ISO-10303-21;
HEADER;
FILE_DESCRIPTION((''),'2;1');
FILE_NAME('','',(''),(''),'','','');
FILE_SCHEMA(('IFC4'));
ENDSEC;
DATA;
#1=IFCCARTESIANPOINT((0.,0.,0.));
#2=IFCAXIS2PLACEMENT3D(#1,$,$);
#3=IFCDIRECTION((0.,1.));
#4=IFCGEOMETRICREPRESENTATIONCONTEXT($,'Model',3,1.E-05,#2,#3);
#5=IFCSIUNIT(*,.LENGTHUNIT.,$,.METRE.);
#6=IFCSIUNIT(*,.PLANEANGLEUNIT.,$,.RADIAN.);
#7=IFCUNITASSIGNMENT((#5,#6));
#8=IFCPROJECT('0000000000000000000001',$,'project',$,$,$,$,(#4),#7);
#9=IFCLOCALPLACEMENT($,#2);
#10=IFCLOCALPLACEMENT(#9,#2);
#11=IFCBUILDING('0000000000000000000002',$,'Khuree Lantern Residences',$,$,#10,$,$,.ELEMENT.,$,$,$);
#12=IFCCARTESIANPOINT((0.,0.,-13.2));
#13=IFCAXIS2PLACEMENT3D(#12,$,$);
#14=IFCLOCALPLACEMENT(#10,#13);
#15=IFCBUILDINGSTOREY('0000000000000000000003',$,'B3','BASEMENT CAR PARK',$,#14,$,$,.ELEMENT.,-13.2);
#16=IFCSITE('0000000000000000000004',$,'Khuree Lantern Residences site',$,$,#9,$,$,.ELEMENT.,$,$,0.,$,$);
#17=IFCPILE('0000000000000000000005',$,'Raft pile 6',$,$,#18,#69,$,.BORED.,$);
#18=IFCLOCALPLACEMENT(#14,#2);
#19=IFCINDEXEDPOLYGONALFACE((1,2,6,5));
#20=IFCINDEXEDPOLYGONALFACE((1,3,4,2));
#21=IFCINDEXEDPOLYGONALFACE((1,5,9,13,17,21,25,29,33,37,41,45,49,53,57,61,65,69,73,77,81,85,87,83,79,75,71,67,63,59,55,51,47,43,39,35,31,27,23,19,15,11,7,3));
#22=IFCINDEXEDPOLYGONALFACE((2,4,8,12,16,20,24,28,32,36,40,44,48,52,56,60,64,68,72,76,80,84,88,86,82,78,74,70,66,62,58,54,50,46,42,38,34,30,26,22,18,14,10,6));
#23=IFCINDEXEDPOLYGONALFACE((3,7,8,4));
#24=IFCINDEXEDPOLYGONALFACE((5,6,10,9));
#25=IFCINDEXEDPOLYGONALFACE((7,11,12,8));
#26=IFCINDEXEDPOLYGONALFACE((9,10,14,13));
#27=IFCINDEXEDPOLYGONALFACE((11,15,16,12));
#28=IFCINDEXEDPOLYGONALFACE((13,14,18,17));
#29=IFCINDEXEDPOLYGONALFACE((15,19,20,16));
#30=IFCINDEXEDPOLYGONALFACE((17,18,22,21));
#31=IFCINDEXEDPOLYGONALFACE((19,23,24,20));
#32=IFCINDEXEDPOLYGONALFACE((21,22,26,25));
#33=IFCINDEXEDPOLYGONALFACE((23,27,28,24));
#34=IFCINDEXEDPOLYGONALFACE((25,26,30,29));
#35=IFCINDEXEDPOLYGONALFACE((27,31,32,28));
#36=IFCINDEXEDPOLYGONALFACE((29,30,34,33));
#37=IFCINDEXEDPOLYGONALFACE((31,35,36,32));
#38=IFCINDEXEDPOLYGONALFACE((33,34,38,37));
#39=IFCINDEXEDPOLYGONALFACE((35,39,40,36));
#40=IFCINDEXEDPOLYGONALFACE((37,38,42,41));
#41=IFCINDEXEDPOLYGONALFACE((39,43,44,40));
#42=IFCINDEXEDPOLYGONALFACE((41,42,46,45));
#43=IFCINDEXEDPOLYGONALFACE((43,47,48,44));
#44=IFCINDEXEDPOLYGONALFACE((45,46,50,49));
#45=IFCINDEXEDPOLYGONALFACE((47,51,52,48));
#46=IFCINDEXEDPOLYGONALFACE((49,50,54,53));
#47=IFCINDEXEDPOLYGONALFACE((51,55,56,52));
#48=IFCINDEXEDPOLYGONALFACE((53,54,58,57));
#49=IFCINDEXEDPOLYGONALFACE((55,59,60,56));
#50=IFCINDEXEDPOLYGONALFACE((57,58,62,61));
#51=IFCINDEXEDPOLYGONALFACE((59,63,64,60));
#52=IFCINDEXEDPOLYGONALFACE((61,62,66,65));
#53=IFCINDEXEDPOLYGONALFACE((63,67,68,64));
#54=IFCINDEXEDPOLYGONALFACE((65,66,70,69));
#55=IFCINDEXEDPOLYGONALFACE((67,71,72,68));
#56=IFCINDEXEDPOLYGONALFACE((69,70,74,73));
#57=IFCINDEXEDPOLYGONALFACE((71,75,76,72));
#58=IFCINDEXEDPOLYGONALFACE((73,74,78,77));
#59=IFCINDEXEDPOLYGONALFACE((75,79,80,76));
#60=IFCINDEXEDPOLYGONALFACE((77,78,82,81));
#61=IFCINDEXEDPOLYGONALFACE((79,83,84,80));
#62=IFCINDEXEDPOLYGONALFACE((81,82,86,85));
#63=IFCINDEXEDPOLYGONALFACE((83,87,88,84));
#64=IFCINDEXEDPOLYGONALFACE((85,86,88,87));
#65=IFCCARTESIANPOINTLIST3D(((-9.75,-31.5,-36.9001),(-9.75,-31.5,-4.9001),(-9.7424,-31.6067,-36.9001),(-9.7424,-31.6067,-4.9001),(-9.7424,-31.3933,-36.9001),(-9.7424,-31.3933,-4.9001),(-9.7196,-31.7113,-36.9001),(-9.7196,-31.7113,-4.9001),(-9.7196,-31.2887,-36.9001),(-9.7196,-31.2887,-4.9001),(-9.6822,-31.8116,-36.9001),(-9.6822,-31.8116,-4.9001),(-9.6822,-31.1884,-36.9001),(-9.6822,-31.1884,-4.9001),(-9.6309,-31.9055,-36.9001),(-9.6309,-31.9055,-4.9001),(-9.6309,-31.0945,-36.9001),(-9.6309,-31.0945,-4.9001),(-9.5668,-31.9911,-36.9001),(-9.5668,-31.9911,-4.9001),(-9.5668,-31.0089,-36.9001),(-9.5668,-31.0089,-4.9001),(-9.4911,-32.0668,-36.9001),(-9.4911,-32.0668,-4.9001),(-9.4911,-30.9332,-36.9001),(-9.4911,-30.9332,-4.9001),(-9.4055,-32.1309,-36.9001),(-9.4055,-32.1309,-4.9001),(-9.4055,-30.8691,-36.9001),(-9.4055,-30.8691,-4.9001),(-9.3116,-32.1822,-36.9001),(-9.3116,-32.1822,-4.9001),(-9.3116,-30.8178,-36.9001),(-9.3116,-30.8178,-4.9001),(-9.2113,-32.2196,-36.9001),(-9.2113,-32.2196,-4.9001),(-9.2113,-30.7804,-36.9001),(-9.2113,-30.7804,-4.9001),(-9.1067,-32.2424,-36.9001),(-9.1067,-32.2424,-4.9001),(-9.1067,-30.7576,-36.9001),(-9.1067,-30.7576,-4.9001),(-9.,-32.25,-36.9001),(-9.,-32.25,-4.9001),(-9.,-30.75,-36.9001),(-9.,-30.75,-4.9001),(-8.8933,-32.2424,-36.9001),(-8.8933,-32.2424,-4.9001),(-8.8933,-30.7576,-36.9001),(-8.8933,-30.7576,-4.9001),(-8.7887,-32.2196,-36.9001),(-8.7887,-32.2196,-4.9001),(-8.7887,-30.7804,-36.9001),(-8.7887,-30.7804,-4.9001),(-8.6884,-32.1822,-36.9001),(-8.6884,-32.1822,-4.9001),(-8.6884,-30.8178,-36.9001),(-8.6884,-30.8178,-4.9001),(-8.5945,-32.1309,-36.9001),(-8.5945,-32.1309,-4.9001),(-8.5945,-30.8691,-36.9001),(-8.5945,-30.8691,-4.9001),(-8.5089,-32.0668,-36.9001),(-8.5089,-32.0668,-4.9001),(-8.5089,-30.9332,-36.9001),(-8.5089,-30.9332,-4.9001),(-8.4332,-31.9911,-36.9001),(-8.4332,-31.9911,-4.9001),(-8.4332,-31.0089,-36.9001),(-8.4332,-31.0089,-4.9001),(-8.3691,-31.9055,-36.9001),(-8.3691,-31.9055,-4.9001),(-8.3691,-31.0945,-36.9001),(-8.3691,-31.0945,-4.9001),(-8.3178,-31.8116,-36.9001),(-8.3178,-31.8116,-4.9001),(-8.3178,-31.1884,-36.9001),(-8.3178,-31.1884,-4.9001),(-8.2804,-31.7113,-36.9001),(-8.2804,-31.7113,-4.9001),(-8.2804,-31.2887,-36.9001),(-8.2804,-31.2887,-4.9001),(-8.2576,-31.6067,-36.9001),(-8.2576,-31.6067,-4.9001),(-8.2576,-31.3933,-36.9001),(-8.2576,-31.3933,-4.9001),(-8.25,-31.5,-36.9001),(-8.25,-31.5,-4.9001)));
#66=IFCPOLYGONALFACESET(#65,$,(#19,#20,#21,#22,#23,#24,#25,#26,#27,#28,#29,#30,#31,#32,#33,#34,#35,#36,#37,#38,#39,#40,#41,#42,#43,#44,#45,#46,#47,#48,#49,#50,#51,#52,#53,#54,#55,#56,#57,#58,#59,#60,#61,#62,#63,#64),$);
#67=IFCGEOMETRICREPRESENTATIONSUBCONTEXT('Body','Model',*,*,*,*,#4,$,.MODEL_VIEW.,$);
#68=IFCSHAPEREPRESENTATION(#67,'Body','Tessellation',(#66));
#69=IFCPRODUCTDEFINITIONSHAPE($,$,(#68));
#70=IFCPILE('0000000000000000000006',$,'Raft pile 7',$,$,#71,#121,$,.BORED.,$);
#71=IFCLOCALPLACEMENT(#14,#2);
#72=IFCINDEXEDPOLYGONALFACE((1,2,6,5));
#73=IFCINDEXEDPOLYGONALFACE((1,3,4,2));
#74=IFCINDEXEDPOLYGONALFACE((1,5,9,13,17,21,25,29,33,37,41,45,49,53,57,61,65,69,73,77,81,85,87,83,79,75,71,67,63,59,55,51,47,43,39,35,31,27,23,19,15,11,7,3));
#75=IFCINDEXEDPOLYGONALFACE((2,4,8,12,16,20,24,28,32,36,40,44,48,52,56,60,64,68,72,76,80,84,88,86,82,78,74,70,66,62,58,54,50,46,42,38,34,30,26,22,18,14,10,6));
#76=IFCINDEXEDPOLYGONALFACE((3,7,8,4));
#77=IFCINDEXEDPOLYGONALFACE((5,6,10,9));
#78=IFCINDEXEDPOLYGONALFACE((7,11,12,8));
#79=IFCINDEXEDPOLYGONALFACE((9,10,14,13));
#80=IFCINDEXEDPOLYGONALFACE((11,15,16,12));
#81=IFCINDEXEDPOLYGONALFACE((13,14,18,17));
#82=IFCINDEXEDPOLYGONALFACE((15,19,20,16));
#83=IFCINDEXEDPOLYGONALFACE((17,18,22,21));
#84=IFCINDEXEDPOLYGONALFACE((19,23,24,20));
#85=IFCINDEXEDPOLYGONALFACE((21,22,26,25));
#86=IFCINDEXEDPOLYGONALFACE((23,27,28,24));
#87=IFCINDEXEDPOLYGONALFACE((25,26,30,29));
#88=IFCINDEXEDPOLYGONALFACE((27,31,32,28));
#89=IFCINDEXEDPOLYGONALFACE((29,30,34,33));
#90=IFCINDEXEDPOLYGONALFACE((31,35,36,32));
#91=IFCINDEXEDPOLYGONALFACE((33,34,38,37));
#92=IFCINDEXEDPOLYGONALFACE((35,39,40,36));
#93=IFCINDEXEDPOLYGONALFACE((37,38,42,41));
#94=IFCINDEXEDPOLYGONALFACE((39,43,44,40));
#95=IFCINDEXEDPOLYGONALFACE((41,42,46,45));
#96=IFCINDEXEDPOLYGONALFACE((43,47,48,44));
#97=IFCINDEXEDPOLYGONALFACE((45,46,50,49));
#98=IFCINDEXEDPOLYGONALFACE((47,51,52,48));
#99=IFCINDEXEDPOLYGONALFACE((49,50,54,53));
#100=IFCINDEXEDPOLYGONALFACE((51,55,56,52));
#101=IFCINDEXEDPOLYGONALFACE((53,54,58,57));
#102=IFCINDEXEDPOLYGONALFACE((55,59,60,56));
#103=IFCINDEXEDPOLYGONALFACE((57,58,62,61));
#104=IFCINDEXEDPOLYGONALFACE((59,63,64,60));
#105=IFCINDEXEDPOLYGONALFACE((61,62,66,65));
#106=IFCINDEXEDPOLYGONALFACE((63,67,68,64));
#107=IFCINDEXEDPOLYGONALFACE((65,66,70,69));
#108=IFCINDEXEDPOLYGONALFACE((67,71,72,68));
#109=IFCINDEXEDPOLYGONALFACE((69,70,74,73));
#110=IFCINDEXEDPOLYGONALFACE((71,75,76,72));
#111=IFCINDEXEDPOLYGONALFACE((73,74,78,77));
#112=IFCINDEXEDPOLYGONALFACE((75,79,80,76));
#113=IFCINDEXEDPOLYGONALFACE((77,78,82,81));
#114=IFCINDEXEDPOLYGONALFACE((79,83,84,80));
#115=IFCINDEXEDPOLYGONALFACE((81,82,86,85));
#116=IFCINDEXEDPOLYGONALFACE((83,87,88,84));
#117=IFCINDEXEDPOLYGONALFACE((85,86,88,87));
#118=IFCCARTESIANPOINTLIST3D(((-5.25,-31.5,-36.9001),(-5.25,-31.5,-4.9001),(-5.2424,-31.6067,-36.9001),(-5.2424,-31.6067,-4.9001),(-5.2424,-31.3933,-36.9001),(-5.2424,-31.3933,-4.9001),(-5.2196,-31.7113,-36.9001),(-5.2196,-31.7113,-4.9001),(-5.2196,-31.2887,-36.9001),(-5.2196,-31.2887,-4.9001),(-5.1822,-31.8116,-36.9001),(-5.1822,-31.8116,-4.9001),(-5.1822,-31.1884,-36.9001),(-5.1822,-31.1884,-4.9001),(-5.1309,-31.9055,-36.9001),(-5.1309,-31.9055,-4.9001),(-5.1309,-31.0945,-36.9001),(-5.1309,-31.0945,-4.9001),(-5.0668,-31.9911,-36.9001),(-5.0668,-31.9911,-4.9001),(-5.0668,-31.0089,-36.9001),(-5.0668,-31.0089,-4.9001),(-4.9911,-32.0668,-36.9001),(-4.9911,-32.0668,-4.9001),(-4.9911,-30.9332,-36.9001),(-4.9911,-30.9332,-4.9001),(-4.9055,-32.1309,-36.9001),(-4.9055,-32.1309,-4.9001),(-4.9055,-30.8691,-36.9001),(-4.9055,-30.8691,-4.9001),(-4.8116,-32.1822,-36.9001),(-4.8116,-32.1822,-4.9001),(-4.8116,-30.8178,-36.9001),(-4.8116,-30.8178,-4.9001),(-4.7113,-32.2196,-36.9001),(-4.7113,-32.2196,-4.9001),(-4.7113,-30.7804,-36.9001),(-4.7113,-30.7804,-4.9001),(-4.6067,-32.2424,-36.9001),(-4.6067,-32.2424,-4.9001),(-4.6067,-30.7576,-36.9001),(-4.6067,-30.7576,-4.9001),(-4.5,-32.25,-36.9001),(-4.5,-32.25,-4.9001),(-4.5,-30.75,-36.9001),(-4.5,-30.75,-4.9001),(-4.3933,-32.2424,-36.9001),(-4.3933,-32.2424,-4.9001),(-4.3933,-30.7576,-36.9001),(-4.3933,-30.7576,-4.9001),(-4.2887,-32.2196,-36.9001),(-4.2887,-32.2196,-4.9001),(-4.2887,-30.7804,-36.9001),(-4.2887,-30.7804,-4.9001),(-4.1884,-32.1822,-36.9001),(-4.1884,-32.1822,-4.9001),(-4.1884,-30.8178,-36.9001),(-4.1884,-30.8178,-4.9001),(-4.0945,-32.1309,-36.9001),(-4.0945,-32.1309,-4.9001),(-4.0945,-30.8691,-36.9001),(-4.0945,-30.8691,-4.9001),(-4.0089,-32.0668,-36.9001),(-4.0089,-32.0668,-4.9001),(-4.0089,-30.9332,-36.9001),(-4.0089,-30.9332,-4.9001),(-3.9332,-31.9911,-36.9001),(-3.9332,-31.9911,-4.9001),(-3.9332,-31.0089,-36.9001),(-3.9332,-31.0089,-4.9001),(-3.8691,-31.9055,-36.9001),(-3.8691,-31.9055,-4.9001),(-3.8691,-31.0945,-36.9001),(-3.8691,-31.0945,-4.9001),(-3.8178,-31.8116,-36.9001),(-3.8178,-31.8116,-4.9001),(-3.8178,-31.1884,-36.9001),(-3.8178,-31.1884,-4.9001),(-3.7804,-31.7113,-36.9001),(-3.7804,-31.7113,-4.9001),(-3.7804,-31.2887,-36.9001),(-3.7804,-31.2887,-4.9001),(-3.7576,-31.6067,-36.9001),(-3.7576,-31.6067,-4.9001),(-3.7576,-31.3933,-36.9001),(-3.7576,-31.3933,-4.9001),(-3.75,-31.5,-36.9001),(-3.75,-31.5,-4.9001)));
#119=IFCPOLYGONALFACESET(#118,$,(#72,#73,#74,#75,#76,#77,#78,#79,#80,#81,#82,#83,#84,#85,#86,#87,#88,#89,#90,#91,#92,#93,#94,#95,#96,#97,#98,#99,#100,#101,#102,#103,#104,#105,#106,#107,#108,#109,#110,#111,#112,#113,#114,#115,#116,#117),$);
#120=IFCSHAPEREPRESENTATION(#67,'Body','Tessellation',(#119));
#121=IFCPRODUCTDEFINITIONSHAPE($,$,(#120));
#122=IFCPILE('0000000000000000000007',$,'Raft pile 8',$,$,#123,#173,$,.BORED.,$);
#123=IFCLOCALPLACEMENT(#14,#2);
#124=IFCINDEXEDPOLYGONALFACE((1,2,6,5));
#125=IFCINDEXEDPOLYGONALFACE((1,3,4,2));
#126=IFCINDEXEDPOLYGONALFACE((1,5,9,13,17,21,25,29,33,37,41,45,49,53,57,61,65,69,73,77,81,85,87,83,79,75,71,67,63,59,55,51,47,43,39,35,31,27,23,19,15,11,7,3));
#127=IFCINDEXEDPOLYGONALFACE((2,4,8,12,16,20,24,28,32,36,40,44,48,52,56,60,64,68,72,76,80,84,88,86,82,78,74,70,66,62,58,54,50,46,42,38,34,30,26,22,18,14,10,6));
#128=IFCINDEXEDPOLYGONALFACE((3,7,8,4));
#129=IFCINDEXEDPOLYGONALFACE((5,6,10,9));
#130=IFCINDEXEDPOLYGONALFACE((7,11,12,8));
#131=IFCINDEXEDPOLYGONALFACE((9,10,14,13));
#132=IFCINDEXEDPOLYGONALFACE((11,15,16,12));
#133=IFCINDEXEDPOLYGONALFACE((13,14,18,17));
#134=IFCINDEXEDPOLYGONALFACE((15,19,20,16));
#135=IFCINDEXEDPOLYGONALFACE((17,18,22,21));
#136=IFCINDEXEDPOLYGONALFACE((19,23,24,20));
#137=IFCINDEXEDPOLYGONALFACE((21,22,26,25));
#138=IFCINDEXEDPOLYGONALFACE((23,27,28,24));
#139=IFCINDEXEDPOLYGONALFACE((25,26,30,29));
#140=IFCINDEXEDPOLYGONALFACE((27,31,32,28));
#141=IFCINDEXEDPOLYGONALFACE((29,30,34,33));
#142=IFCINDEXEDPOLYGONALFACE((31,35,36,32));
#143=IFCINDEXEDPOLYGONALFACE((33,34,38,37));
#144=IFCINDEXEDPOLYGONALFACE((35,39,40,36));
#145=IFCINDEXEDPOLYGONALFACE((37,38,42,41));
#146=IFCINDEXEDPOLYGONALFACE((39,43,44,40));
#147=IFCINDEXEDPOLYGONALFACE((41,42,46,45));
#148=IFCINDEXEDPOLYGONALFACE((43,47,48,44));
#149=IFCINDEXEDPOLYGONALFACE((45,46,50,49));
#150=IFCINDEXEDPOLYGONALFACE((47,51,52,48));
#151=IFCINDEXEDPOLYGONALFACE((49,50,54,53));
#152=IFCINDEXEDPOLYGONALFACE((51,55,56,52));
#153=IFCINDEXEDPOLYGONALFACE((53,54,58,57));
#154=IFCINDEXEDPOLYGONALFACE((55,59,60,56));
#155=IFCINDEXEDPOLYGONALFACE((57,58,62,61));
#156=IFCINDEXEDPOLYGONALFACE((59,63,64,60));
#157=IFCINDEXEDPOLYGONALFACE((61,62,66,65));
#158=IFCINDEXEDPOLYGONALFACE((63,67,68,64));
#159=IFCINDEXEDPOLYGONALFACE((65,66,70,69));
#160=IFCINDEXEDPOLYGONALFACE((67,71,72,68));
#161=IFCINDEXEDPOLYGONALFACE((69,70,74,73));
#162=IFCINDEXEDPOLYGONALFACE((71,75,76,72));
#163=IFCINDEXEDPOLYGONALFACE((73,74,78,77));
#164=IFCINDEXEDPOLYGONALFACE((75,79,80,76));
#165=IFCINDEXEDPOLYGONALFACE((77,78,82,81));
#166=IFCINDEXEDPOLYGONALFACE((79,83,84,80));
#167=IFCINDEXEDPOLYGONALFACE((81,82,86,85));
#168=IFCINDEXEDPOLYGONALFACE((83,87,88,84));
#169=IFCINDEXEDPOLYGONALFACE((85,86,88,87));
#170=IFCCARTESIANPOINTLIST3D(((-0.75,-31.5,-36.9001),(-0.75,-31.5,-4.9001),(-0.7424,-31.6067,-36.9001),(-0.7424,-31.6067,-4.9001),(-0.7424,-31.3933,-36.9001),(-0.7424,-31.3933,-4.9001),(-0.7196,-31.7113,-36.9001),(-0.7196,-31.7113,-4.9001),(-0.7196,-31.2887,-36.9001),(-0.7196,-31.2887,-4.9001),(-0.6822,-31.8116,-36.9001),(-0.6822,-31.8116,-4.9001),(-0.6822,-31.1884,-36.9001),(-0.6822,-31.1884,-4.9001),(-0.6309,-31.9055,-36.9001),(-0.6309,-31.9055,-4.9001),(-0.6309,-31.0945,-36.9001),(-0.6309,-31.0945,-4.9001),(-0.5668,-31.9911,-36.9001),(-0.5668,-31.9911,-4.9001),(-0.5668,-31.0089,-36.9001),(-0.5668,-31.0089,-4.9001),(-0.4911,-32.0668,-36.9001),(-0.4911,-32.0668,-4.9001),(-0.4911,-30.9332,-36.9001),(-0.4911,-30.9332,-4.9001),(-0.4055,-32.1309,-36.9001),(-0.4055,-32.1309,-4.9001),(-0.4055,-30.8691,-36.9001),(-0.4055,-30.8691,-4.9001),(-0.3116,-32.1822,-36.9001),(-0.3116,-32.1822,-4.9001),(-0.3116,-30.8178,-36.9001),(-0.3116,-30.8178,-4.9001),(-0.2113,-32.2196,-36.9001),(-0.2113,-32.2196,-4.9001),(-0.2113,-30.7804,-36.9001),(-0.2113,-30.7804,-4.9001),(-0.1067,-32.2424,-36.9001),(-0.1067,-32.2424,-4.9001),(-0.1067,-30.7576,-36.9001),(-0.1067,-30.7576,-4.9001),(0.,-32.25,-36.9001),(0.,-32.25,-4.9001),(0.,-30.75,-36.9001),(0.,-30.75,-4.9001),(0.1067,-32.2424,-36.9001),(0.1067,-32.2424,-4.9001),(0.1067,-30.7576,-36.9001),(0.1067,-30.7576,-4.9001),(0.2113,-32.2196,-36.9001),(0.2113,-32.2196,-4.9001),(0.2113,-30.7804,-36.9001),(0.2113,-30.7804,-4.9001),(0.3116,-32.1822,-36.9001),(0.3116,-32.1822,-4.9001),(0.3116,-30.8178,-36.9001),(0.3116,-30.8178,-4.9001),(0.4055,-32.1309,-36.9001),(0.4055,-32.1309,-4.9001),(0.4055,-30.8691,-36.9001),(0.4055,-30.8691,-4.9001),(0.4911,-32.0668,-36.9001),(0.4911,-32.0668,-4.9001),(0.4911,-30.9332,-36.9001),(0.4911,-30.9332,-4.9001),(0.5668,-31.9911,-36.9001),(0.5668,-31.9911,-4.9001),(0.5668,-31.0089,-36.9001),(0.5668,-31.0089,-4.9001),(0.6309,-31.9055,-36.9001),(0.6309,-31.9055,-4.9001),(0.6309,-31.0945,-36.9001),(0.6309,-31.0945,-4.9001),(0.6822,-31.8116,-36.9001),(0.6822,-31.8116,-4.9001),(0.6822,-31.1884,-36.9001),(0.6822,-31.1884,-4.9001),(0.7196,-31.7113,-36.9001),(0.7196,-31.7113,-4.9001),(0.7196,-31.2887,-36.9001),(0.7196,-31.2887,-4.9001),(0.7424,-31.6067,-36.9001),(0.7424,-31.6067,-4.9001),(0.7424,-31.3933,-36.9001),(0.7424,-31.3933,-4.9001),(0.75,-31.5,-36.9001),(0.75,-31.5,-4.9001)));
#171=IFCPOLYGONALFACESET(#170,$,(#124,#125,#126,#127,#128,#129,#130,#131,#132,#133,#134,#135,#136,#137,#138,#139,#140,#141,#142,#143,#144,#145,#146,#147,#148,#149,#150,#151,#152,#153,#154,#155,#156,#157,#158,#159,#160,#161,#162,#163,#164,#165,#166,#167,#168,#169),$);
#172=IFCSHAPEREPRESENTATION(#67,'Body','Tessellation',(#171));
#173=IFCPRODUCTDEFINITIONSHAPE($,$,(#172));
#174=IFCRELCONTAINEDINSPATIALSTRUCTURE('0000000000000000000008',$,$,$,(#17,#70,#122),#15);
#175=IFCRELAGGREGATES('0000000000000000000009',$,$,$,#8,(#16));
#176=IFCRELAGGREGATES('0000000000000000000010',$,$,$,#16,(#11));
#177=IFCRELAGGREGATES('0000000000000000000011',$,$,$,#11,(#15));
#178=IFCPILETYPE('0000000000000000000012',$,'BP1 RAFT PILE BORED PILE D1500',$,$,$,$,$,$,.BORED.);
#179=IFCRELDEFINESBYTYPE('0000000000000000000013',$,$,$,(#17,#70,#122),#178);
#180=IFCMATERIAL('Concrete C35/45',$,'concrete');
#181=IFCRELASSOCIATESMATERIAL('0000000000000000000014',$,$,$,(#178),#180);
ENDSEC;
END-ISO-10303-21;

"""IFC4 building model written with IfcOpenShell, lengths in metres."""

from ifc_helpers import new_model, si_unit, direction, frame, origin, origin_2d, place, context, subcontext, project, spatial, circle, extrude, material, material_profile, profile_set, type_object, element, save


model = new_model("IFC4")

# Units and contexts
model_context = context("Model", 3, precision=1e-05, world=origin(), true_north=direction((0.0, 1.0)))
body_context = subcontext(model_context, "Body", "Model", "MODEL_VIEW")
ifc_project = project(units=[si_unit("LENGTHUNIT", "METRE"), si_unit("PLANEANGLEUNIT", "RADIAN")], contexts=[model_context])

# Site, building, storey
site_placement = place(None, origin())
site = spatial("IfcSite", under=ifc_project, at=site_placement, Name="Khuree Lantern Residences site", CompositionType="ELEMENT", RefElevation=0.0)
building_placement = place(site_placement, origin())
building = spatial("IfcBuilding", under=site, at=building_placement, Name="Khuree Lantern Residences", CompositionType="ELEMENT")
storey_placement = place(building_placement, frame((0.0, 0.0, -13.2)))
storey = spatial("IfcBuildingStorey", under=building, at=storey_placement, Name="B3", Description="BASEMENT CAR PARK", CompositionType="ELEMENT", Elevation=-13.2)

# Piles
ifc_material_1 = material(Name="Concrete C35/45", Category="concrete")
ifc_material_profile_1 = material_profile(ifc_material_1, circle(Radius=0.75, at=origin_2d()), Name="BORED PILE D1500")
ifc_profile_set_1 = profile_set([ifc_material_profile_1], Name="Concrete C35/45")
pile_type = type_object("IfcPileType", Name="BP1 RAFT PILE BORED PILE D1500", PredefinedType="BORED", material=ifc_profile_set_1)
for number, where, z_axis, x_axis, name in (
    (1, (-9.0, -31.5, -4.9001), (0.0, 0.0, -1.0), (1.0, 0.0, 0.0), "Raft pile 6"),
    (2, (-4.5, -31.5, -4.9001), (0.0, 0.0, -1.0), (1.0, 0.0, 0.0), "Raft pile 7"),
    (3, (0.0, -31.5, -4.9001), (0.0, 0.0, -1.0), (1.0, 0.0, 0.0), "Raft pile 8"),
):
    element("IfcPile", number, at=place(storey_placement, frame(where, z_axis=z_axis, x_axis=x_axis)), inside=storey, type_object=pile_type, Name=name, PredefinedType="BORED", context=body_context, shape_type="SweptSolid", body=[
        extrude(circle(Radius=0.75, at=origin_2d()), origin(), (0.0, 0.0, 1.0), 32.0),
    ])

save(model, "model.ifc")
